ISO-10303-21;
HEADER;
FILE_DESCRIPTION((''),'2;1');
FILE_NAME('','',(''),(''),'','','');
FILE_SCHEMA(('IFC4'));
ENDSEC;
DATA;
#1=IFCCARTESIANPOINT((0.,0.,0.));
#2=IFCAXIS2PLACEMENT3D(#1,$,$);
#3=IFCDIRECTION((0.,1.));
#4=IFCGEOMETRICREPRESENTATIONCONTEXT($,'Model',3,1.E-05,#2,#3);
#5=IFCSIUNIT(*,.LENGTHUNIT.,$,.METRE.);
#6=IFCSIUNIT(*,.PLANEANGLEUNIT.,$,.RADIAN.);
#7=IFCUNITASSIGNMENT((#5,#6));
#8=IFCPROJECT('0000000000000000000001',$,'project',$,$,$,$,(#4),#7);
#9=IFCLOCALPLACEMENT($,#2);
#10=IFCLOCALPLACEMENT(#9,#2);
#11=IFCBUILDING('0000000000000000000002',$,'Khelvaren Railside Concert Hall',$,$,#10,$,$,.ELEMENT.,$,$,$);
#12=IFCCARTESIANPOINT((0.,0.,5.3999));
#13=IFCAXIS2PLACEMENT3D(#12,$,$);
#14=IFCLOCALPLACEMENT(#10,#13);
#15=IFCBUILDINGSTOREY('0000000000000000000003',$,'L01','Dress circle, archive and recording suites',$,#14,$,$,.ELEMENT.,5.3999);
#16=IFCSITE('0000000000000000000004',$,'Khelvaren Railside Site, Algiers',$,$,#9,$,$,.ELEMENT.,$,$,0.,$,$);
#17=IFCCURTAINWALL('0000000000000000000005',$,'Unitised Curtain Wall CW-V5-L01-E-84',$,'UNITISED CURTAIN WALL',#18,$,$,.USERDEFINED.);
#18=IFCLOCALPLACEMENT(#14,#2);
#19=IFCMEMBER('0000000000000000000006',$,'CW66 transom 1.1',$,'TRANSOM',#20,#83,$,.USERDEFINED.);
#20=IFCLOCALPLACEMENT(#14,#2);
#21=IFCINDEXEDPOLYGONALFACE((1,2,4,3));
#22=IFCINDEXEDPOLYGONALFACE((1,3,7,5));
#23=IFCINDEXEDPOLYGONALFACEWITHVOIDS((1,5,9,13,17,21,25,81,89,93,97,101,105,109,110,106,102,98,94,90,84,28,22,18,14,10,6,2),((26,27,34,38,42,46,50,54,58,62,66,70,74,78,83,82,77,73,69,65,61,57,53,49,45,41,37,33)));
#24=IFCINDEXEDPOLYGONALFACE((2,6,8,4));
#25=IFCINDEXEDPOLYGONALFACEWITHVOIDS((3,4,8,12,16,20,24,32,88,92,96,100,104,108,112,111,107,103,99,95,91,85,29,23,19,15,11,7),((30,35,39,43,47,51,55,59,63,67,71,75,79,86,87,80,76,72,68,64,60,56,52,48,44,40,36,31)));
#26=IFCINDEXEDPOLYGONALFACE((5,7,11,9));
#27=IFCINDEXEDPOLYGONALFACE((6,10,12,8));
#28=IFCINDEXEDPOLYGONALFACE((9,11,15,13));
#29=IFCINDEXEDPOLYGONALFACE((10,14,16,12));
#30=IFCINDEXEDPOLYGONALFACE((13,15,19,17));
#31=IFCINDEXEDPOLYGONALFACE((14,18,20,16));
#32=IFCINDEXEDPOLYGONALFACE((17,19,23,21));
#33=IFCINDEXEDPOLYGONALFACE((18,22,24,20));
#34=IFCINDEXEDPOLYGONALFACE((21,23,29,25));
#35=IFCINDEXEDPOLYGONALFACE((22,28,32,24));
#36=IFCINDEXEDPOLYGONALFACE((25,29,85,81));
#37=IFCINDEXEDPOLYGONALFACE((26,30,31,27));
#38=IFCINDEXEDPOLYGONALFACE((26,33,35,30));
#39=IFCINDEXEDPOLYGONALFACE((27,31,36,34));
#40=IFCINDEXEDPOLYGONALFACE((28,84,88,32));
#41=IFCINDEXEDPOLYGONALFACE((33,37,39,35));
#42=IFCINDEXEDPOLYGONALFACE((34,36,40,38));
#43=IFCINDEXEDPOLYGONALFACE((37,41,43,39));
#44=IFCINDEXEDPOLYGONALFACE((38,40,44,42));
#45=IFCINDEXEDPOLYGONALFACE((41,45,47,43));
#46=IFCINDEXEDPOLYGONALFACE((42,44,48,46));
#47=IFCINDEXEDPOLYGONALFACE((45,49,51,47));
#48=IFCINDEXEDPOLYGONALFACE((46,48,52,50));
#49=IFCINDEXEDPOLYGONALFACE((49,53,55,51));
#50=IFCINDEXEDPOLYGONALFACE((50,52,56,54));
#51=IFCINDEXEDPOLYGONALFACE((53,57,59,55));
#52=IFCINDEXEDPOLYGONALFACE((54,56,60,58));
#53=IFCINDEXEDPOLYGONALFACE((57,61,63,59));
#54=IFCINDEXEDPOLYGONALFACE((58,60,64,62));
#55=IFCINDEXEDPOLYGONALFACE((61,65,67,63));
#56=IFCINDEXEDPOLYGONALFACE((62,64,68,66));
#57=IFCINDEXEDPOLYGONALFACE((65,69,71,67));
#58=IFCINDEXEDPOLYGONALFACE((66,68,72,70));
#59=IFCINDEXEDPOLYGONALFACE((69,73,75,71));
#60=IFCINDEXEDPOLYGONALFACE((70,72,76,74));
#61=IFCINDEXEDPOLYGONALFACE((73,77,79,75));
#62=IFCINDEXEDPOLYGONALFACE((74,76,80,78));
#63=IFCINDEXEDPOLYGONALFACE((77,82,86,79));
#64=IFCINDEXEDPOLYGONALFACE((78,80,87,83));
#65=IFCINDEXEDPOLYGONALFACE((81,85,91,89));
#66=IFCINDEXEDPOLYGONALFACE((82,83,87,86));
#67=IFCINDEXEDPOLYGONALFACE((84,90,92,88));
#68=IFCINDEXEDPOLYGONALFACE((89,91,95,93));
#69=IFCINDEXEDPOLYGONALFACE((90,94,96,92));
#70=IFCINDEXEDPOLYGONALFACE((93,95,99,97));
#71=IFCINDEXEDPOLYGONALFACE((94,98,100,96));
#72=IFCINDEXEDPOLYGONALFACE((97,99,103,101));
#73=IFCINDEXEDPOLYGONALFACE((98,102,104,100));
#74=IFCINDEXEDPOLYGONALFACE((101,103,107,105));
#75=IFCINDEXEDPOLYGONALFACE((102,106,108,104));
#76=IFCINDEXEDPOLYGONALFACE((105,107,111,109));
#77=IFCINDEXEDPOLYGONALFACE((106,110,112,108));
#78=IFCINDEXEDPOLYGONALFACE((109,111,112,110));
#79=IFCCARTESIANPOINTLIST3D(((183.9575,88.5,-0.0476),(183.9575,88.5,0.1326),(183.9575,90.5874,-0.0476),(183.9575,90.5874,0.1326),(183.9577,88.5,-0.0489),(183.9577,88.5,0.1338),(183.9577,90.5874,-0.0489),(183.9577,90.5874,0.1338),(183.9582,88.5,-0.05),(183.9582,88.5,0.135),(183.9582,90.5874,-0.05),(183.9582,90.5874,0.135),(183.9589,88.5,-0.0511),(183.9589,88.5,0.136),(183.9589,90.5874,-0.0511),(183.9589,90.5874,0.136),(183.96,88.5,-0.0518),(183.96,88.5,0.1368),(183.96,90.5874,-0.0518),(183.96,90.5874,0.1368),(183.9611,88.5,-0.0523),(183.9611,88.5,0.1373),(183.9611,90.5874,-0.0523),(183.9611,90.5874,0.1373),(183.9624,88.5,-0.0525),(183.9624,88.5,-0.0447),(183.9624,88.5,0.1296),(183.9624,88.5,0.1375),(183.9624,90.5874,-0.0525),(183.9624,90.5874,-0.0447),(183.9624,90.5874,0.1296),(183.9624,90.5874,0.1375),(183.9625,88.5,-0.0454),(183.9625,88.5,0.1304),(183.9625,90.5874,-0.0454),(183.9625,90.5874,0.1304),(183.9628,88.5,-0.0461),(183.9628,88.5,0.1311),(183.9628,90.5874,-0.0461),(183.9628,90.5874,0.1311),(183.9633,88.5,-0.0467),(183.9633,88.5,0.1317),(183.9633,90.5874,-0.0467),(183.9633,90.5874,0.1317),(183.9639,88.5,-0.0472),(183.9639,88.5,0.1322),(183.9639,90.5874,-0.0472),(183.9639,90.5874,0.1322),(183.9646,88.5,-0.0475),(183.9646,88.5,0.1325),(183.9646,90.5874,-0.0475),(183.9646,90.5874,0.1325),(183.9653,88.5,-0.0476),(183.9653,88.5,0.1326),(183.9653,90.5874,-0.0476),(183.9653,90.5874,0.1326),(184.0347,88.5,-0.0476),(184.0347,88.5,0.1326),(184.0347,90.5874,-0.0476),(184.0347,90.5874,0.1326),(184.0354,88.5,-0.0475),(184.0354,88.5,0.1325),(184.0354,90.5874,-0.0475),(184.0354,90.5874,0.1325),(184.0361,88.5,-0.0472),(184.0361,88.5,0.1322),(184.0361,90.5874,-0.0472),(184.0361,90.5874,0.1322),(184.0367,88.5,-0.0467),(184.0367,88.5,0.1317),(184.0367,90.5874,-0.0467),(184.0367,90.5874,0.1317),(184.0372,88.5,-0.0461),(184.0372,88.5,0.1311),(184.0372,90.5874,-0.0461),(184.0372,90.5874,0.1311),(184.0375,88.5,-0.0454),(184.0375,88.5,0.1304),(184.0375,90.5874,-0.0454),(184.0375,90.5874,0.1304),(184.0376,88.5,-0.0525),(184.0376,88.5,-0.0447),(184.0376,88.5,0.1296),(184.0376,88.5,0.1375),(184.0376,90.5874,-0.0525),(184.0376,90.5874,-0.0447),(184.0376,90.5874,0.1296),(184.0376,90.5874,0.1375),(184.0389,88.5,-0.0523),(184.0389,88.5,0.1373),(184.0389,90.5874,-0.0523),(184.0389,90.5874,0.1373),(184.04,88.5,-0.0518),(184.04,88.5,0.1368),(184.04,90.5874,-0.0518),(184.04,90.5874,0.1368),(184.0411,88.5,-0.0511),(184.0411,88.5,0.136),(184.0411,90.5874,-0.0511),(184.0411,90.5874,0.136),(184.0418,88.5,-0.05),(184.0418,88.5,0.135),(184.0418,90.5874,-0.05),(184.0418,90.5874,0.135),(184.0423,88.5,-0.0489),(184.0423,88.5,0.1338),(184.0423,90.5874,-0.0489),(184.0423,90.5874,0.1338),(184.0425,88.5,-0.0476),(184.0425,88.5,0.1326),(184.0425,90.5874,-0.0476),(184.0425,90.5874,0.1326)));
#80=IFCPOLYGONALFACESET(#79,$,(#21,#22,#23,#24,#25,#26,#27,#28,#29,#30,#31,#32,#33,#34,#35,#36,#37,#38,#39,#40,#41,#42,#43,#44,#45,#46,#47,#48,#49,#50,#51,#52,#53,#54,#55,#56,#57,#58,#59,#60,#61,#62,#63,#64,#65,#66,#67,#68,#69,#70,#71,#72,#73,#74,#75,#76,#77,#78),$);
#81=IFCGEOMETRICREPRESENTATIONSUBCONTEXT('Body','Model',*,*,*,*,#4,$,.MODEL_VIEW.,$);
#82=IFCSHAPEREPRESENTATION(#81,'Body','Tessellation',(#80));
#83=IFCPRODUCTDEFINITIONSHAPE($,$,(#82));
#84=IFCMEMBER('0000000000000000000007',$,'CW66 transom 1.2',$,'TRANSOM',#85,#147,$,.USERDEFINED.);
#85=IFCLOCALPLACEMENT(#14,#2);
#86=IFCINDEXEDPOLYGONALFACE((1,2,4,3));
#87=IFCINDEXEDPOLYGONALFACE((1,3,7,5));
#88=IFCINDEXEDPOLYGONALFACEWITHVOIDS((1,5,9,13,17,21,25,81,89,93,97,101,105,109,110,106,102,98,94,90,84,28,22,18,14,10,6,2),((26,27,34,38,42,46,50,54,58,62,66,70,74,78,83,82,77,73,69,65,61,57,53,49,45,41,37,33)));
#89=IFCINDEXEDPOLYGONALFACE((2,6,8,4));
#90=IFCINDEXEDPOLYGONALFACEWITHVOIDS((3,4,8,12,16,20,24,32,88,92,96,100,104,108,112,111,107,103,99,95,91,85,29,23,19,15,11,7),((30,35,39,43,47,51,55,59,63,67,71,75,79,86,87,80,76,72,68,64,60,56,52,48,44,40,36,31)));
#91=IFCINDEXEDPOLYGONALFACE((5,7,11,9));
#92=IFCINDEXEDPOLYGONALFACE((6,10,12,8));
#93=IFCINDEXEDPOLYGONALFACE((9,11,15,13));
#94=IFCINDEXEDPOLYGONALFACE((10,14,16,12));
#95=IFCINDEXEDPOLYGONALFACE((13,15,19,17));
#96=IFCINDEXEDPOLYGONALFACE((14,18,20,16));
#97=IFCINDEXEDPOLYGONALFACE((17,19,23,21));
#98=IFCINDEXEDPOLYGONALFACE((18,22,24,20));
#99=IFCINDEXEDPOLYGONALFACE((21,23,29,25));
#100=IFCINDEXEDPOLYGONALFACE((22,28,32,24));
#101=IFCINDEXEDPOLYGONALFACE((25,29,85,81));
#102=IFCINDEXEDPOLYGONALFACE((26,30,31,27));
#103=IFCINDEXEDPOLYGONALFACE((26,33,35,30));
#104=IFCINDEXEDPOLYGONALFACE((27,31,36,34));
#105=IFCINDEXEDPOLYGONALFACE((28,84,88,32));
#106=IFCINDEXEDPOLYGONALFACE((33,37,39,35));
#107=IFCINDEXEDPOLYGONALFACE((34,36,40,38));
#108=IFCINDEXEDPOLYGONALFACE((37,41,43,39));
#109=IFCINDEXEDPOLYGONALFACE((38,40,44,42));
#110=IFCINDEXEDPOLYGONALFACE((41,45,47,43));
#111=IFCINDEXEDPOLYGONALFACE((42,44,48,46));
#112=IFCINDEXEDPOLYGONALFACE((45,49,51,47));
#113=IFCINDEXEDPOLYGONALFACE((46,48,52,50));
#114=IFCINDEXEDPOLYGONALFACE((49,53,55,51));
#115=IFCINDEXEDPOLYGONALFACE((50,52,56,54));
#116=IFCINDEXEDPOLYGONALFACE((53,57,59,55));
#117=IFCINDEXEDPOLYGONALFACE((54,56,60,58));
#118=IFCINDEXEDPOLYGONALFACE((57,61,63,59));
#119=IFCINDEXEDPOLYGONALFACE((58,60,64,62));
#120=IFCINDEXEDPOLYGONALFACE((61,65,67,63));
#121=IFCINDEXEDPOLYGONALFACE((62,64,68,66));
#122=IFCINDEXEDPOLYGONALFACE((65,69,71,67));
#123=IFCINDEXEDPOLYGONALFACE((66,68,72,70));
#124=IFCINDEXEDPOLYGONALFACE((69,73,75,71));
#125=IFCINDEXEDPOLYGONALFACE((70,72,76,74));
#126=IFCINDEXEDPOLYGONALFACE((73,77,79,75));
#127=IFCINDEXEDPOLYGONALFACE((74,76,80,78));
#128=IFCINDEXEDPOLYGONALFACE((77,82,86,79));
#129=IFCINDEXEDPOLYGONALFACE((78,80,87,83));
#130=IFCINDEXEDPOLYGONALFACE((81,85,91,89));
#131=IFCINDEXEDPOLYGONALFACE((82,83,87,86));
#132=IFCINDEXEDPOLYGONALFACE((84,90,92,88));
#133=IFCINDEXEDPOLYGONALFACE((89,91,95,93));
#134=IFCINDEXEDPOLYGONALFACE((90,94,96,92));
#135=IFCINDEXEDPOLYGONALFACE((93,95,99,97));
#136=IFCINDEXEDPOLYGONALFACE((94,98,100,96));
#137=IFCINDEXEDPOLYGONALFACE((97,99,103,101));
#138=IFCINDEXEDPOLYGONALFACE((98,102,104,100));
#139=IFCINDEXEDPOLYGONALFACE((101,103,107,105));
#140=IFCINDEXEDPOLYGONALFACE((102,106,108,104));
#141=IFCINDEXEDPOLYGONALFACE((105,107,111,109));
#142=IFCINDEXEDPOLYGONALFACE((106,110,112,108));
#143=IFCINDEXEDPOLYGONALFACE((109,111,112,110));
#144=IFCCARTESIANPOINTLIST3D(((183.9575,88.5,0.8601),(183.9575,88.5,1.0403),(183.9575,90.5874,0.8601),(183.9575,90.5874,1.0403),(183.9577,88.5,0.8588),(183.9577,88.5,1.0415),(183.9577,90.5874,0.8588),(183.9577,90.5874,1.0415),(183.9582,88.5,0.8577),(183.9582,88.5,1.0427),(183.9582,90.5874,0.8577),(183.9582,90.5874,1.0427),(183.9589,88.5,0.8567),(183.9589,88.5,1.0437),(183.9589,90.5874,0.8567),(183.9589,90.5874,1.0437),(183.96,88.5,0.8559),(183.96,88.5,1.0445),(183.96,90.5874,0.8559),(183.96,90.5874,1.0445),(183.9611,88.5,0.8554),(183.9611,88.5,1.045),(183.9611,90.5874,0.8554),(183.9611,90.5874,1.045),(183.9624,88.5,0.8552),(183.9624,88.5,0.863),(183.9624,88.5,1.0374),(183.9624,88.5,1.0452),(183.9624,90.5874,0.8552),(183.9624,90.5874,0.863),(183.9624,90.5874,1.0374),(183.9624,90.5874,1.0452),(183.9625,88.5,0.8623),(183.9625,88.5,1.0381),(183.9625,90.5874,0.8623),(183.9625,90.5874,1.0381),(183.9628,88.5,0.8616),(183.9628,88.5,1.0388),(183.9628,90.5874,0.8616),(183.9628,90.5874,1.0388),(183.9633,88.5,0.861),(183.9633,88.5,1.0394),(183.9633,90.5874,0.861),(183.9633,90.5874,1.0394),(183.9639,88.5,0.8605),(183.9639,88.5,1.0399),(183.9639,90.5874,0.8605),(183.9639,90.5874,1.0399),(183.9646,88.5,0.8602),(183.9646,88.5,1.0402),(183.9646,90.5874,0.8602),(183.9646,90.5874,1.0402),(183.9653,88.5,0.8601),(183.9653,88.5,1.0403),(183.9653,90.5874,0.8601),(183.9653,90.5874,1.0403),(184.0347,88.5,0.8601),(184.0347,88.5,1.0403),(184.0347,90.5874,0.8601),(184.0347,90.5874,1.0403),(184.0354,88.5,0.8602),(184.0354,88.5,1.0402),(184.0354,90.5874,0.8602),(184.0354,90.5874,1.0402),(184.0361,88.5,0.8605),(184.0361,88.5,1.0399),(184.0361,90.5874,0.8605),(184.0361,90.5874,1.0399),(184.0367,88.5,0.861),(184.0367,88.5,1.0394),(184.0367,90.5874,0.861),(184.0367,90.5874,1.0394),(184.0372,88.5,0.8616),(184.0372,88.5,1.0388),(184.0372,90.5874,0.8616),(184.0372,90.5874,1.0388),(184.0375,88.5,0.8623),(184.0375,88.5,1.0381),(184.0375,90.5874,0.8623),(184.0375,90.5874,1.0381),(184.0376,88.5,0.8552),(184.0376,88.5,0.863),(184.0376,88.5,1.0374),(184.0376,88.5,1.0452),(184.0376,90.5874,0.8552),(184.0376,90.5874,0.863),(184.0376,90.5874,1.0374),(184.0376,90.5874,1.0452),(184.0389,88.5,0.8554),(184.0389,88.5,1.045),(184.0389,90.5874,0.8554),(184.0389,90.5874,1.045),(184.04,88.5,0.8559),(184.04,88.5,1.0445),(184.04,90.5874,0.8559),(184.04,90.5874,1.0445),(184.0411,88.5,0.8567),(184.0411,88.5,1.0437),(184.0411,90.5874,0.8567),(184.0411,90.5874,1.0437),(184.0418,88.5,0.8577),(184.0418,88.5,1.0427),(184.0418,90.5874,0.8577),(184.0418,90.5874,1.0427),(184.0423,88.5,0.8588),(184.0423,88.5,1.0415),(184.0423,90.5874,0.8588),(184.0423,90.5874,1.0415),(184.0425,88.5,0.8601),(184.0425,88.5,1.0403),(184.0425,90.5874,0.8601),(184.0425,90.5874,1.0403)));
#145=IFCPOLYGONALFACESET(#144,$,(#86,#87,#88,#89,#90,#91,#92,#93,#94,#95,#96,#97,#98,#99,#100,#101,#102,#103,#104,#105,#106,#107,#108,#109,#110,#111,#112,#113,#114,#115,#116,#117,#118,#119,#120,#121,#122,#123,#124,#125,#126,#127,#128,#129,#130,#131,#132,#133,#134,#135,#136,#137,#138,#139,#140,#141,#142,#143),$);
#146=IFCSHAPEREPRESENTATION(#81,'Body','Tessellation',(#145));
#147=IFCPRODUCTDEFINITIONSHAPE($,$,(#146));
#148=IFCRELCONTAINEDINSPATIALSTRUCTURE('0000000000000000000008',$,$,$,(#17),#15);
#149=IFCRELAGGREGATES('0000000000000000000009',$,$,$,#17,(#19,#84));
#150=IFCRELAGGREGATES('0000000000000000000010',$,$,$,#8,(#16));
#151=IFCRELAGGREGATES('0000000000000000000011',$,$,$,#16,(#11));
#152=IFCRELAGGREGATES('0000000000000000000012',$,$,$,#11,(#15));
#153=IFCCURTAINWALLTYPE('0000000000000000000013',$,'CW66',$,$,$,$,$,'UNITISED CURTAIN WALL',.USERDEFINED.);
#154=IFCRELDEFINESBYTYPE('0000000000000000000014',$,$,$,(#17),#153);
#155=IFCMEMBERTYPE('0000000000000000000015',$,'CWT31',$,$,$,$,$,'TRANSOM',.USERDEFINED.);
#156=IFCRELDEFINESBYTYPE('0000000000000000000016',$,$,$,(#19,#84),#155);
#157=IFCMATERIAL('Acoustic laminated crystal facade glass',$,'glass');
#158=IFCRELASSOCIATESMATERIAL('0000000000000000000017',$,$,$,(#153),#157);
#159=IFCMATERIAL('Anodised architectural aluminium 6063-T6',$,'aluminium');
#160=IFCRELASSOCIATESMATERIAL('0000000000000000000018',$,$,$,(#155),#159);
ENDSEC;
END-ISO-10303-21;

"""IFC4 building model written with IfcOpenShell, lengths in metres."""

from ifc_helpers import new_model, si_unit, direction, frame, origin, origin_2d, place, context, subcontext, project, spatial, hollow_rectangle, extrude, material, material_profile, profile_set, type_object, element, aggregate, save


model = new_model("IFC4")

# Units and contexts
model_context = context("Model", 3, precision=1e-05, world=origin(), true_north=direction((0.0, 1.0)))
body_context = subcontext(model_context, "Body", "Model", "MODEL_VIEW")
ifc_project = project(units=[si_unit("LENGTHUNIT", "METRE"), si_unit("PLANEANGLEUNIT", "RADIAN")], contexts=[model_context])

# Site, building, storey
site_placement = place(None, origin())
site = spatial("IfcSite", under=ifc_project, at=site_placement, Name="Khelvaren Railside Site, Algiers", CompositionType="ELEMENT", RefElevation=0.0)
building_placement = place(site_placement, origin())
building = spatial("IfcBuilding", under=site, at=building_placement, Name="Khelvaren Railside Concert Hall", CompositionType="ELEMENT")
storey_placement = place(building_placement, frame((0.0, 0.0, 5.3999)))
storey = spatial("IfcBuildingStorey", under=building, at=storey_placement, Name="L01", Description="Dress circle, archive and recording suites", CompositionType="ELEMENT", Elevation=5.3999)

# Curtain wall, members
ifc_material_1 = material(Name="Anodised architectural aluminium 6063-T6", Category="aluminium")
ifc_material_2 = material(Name="Acoustic laminated crystal facade glass", Category="glass")
curtain_wall_type_1 = type_object("IfcCurtainWallType", Name="CW66", ElementType="UNITISED CURTAIN WALL", PredefinedType="USERDEFINED", material=ifc_material_2)
curtain_wall_1_placement = place(storey_placement, origin())
curtain_wall_1 = element("IfcCurtainWall", 1, at=curtain_wall_1_placement, inside=storey, type_object=curtain_wall_type_1, Name="Unitised Curtain Wall CW-V5-L01-E-84", ObjectType="UNITISED CURTAIN WALL", PredefinedType="USERDEFINED")
ifc_material_profile_1 = material_profile(ifc_material_1, hollow_rectangle(XDim=0.085, YDim=0.1899, WallThickness=0.0049, InnerFilletRadius=0.0029, OuterFilletRadius=0.0049, at=origin_2d()), Name="CWT 85x190x5")
ifc_profile_set_1 = profile_set([ifc_material_profile_1], Name="Anodised architectural aluminium 6063-T6")
member_type_1 = type_object("IfcMemberType", Name="CWT31", ElementType="TRANSOM", PredefinedType="USERDEFINED", material=ifc_profile_set_1)
member_1_placement = place(storey_placement, frame((184.0, 90.5874, 0.0425), z_axis=(0.0, -1.0, 0.0), x_axis=(1.0, 0.0, 0.0)))
member_1 = element("IfcMember", 2, at=member_1_placement, type_object=member_type_1, Name="CW66 transom 1.1", ObjectType="TRANSOM", PredefinedType="USERDEFINED", context=body_context, shape_type="SweptSolid", body=[
    extrude(hollow_rectangle(XDim=0.085, YDim=0.1899, WallThickness=0.0049, InnerFilletRadius=0.0029, OuterFilletRadius=0.0049, at=origin_2d()), origin(), (0.0, 0.0, 1.0), 2.0874),
])
member_2_placement = place(storey_placement, frame((184.0, 90.5874, 0.9502), z_axis=(0.0, -1.0, 0.0), x_axis=(1.0, 0.0, 0.0)))
member_2 = element("IfcMember", 3, at=member_2_placement, type_object=member_type_1, Name="CW66 transom 1.2", ObjectType="TRANSOM", PredefinedType="USERDEFINED", context=body_context, shape_type="SweptSolid", body=[
    extrude(hollow_rectangle(XDim=0.085, YDim=0.1899, WallThickness=0.0049, InnerFilletRadius=0.0029, OuterFilletRadius=0.0049, at=origin_2d()), origin(), (0.0, 0.0, 1.0), 2.0874),
])

aggregate(curtain_wall_1, [member_1, member_2])

save(model, "model.ifc")
